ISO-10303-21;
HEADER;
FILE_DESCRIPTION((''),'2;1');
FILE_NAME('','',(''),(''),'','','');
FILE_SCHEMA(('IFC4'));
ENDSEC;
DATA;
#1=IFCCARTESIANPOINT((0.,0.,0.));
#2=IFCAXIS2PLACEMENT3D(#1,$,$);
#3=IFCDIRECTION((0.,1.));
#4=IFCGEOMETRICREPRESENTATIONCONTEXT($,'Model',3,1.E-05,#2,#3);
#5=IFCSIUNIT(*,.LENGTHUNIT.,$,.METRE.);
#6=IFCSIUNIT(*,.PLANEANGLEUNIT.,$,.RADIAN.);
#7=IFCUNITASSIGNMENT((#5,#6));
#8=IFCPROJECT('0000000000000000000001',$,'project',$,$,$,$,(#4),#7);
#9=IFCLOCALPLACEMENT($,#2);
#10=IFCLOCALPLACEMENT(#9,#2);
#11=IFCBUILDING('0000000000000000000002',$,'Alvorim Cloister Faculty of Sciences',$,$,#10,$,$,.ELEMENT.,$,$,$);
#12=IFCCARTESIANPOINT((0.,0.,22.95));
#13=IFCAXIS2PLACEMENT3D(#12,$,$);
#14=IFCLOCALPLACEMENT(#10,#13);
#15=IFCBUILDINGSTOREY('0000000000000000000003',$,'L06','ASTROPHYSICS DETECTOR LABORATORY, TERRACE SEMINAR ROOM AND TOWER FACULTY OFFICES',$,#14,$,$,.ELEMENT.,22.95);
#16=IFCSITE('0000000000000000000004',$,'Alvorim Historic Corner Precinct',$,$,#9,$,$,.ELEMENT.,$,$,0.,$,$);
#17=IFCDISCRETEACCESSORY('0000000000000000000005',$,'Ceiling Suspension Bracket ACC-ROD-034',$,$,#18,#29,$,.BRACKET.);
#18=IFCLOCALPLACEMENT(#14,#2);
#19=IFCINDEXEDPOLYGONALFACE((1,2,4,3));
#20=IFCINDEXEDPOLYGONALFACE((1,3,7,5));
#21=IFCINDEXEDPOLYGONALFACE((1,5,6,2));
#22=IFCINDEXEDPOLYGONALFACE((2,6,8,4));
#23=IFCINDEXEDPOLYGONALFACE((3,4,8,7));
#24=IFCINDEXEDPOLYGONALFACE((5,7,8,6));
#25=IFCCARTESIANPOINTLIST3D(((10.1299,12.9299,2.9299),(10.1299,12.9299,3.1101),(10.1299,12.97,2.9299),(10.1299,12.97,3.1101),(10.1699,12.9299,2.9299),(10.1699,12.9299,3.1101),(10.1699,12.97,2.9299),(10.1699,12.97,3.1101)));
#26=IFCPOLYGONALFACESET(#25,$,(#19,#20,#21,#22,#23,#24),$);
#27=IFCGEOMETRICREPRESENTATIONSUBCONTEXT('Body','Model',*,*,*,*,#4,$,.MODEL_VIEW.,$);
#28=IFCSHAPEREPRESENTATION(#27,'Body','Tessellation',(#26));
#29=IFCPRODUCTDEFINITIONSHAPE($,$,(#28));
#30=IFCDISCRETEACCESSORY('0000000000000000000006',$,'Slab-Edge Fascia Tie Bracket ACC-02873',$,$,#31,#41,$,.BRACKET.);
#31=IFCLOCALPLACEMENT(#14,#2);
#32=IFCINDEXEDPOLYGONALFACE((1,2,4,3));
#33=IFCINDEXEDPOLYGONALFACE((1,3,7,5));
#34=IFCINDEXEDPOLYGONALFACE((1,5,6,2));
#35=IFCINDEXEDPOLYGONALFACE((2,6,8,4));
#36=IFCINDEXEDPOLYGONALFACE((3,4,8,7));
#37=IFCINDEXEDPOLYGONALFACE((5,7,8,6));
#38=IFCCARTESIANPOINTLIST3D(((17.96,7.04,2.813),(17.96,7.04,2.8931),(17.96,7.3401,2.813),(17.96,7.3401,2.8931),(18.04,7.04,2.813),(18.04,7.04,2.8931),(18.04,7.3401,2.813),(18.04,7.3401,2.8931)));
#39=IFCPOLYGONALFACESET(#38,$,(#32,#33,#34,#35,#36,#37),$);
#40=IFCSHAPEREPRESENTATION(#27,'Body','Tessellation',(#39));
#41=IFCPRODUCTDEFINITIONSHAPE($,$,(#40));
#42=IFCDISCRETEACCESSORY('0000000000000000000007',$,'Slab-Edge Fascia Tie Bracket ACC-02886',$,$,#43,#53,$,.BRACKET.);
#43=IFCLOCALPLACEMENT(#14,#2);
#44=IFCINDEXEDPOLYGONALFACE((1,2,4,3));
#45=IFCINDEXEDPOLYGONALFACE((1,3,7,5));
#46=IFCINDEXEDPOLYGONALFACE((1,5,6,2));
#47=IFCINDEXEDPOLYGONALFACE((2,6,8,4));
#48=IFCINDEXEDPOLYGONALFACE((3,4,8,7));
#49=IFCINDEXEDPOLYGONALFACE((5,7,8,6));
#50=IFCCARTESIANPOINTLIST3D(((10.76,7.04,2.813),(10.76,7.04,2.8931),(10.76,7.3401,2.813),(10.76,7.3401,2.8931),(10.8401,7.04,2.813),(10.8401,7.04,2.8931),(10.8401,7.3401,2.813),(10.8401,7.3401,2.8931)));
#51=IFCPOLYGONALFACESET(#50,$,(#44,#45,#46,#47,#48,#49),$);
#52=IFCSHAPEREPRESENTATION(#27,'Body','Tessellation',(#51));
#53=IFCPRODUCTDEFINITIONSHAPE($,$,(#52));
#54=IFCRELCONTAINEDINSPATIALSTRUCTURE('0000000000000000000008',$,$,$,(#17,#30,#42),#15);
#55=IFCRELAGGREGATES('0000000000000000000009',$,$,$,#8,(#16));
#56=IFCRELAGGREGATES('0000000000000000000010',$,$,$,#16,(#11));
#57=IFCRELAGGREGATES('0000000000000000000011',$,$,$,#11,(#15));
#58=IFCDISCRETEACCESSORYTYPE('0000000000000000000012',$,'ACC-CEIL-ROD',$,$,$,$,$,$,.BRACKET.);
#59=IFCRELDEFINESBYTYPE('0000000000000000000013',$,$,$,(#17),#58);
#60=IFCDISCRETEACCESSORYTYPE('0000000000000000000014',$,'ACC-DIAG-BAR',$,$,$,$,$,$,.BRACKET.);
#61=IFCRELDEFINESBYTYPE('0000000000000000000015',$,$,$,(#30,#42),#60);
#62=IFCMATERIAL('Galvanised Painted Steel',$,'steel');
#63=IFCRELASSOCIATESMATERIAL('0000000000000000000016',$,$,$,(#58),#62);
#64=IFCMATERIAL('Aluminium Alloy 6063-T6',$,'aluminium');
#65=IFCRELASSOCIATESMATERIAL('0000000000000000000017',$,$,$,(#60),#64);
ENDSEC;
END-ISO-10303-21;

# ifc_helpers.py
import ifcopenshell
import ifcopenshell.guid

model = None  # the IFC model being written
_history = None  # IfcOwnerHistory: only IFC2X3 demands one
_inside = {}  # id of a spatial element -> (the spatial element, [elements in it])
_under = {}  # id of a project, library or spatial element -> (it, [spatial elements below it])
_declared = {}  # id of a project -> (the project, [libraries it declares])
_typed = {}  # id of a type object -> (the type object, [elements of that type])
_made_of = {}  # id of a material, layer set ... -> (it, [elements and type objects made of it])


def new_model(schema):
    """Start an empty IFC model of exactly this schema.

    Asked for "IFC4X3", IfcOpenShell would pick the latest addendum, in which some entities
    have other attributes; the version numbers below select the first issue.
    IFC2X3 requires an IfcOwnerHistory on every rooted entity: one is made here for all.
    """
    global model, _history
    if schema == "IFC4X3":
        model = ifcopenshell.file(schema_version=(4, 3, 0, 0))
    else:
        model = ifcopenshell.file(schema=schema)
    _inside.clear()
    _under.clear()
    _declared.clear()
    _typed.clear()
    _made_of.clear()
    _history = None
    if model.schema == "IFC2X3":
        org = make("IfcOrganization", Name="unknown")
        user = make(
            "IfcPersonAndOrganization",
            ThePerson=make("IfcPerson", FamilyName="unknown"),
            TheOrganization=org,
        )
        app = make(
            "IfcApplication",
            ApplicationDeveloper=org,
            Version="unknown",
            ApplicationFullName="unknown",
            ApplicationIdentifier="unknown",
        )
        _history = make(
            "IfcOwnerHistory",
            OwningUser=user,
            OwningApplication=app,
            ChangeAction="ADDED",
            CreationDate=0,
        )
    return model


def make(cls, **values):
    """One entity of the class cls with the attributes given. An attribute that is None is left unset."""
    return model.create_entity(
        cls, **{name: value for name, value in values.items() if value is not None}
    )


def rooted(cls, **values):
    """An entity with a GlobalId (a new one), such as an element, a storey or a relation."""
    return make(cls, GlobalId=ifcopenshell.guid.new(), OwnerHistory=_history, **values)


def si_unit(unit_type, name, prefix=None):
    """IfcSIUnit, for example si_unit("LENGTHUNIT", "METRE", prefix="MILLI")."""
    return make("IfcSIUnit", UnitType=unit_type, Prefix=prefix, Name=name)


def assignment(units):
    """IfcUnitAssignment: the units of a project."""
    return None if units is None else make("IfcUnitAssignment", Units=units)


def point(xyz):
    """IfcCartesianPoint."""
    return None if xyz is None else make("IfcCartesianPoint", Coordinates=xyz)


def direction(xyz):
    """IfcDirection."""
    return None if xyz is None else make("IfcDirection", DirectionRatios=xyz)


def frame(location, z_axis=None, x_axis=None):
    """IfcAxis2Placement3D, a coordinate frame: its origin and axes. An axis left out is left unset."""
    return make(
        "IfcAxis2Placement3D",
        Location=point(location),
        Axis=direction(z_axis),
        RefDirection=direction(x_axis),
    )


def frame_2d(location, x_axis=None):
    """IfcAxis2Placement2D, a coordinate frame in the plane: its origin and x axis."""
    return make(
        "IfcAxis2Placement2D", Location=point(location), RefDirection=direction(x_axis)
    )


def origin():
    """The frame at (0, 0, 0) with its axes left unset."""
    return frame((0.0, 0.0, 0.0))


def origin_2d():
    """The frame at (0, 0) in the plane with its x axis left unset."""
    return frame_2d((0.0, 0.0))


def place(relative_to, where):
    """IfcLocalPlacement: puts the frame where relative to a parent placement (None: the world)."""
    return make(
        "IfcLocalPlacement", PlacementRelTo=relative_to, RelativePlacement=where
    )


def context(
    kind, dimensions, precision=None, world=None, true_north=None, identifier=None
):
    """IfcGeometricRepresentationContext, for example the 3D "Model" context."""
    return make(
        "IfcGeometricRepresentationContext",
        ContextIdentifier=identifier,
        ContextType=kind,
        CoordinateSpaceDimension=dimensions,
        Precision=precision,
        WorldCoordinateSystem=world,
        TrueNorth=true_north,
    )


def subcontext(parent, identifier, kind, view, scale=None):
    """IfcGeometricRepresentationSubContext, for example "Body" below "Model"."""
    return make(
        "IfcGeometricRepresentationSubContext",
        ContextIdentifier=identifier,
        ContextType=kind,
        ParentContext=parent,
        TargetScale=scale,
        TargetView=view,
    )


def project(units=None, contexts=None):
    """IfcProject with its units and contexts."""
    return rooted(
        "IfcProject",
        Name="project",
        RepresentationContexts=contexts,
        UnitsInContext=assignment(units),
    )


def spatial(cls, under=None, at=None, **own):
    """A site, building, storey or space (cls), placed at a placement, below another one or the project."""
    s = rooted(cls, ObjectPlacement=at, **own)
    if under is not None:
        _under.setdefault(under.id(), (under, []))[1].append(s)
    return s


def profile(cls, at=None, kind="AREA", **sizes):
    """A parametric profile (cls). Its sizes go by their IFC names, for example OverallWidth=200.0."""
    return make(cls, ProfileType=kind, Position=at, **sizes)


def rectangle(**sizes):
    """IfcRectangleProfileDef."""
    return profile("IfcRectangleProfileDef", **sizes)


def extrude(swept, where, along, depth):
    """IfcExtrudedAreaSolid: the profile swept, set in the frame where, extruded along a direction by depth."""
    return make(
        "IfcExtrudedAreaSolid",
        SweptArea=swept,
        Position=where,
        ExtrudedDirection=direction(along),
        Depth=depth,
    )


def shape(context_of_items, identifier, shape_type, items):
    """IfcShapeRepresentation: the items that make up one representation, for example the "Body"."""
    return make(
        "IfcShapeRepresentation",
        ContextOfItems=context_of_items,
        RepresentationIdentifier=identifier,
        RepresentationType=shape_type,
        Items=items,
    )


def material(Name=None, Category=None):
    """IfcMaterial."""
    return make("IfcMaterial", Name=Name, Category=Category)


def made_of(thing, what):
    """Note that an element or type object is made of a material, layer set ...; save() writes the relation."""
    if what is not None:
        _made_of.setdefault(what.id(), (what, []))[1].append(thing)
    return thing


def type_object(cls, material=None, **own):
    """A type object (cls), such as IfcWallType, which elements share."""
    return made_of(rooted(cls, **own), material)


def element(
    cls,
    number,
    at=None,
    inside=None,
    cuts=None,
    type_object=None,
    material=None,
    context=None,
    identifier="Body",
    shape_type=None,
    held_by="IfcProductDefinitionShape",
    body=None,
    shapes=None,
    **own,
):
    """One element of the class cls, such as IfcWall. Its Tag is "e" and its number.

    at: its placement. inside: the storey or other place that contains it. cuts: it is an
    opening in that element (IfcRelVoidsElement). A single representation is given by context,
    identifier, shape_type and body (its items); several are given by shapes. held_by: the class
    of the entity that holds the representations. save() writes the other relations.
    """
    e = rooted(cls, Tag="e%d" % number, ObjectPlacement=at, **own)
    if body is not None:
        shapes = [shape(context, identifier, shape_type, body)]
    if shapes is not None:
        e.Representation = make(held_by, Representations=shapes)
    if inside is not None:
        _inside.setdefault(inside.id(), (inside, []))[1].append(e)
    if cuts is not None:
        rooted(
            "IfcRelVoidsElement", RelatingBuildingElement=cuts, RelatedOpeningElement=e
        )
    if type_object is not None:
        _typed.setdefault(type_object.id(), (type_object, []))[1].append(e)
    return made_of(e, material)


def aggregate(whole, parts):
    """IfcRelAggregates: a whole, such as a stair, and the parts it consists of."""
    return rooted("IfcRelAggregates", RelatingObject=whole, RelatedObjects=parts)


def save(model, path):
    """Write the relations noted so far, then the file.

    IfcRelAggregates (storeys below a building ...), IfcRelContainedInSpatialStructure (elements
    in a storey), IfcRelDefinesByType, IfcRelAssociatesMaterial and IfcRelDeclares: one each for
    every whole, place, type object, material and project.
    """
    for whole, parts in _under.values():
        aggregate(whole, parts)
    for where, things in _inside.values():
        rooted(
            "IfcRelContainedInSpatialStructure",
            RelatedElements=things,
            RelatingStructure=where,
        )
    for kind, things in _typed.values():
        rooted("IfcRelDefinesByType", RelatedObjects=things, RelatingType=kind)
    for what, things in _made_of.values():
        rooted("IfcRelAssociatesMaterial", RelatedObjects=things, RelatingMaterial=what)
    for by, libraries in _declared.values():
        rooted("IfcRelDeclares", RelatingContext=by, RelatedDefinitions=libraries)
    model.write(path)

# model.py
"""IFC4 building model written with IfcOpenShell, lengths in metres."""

from ifc_helpers import new_model, si_unit, direction, frame, origin, origin_2d, place, context, subcontext, project, spatial, rectangle, extrude, material, type_object, element, save


model = new_model("IFC4")

# Units and contexts
model_context = context("Model", 3, precision=1e-05, world=origin(), true_north=direction((0.0, 1.0)))
body_context = subcontext(model_context, "Body", "Model", "MODEL_VIEW")
ifc_project = project(units=[si_unit("LENGTHUNIT", "METRE"), si_unit("PLANEANGLEUNIT", "RADIAN")], contexts=[model_context])

# Site, building, storey
site_placement = place(None, origin())
site = spatial("IfcSite", under=ifc_project, at=site_placement, Name="Alvorim Historic Corner Precinct", CompositionType="ELEMENT", RefElevation=0.0)
building_placement = place(site_placement, origin())
building = spatial("IfcBuilding", under=site, at=building_placement, Name="Alvorim Cloister Faculty of Sciences", CompositionType="ELEMENT")
storey_placement = place(building_placement, frame((0.0, 0.0, 22.95)))
storey = spatial("IfcBuildingStorey", under=building, at=storey_placement, Name="L06", Description="ASTROPHYSICS DETECTOR LABORATORY, TERRACE SEMINAR ROOM AND TOWER FACULTY OFFICES", CompositionType="ELEMENT", Elevation=22.95)

# Shared definitions
ifc_material_1 = material(Name="Aluminium Alloy 6063-T6", Category="aluminium")

# Discrete accessories
ifc_material_2 = material(Name="Galvanised Painted Steel", Category="steel")
discrete_accessory_type_1 = type_object("IfcDiscreteAccessoryType", Name="ACC-CEIL-ROD", PredefinedType="BRACKET", material=ifc_material_2)
discrete_accessory_placement = place(storey_placement, frame((10.1499, 12.95, 2.9299), z_axis=(0.0, 0.0, 1.0), x_axis=(1.0, 0.0, 0.0)))
element("IfcDiscreteAccessory", 1, at=discrete_accessory_placement, inside=storey, type_object=discrete_accessory_type_1, Name="Ceiling Suspension Bracket ACC-ROD-034", PredefinedType="BRACKET", context=body_context, shape_type="SweptSolid", body=[
    extrude(rectangle(XDim=0.04, YDim=0.04, at=origin_2d()), origin(), (0.0, 0.0, 1.0), 0.1802),
])
discrete_accessory_type_2 = type_object("IfcDiscreteAccessoryType", Name="ACC-DIAG-BAR", PredefinedType="BRACKET", material=ifc_material_1)
for number, where, z_axis, x_axis, name in (
    (2, (18.0, 7.3401, 2.853), (0.0, -1.0, 0.0), (1.0, 0.0, 0.0), "Slab-Edge Fascia Tie Bracket ACC-02873"),
    (3, (10.8, 7.3401, 2.853), (0.0, -1.0, 0.0), (1.0, 0.0, 0.0), "Slab-Edge Fascia Tie Bracket ACC-02886"),
):
    element("IfcDiscreteAccessory", number, at=place(storey_placement, frame(where, z_axis=z_axis, x_axis=x_axis)), inside=storey, type_object=discrete_accessory_type_2, Name=name, PredefinedType="BRACKET", context=body_context, shape_type="SweptSolid", body=[
        extrude(rectangle(XDim=0.0801, YDim=0.0801, at=origin_2d()), origin(), (0.0, 0.0, 1.0), 0.3),
    ])

save(model, "model.ifc")
